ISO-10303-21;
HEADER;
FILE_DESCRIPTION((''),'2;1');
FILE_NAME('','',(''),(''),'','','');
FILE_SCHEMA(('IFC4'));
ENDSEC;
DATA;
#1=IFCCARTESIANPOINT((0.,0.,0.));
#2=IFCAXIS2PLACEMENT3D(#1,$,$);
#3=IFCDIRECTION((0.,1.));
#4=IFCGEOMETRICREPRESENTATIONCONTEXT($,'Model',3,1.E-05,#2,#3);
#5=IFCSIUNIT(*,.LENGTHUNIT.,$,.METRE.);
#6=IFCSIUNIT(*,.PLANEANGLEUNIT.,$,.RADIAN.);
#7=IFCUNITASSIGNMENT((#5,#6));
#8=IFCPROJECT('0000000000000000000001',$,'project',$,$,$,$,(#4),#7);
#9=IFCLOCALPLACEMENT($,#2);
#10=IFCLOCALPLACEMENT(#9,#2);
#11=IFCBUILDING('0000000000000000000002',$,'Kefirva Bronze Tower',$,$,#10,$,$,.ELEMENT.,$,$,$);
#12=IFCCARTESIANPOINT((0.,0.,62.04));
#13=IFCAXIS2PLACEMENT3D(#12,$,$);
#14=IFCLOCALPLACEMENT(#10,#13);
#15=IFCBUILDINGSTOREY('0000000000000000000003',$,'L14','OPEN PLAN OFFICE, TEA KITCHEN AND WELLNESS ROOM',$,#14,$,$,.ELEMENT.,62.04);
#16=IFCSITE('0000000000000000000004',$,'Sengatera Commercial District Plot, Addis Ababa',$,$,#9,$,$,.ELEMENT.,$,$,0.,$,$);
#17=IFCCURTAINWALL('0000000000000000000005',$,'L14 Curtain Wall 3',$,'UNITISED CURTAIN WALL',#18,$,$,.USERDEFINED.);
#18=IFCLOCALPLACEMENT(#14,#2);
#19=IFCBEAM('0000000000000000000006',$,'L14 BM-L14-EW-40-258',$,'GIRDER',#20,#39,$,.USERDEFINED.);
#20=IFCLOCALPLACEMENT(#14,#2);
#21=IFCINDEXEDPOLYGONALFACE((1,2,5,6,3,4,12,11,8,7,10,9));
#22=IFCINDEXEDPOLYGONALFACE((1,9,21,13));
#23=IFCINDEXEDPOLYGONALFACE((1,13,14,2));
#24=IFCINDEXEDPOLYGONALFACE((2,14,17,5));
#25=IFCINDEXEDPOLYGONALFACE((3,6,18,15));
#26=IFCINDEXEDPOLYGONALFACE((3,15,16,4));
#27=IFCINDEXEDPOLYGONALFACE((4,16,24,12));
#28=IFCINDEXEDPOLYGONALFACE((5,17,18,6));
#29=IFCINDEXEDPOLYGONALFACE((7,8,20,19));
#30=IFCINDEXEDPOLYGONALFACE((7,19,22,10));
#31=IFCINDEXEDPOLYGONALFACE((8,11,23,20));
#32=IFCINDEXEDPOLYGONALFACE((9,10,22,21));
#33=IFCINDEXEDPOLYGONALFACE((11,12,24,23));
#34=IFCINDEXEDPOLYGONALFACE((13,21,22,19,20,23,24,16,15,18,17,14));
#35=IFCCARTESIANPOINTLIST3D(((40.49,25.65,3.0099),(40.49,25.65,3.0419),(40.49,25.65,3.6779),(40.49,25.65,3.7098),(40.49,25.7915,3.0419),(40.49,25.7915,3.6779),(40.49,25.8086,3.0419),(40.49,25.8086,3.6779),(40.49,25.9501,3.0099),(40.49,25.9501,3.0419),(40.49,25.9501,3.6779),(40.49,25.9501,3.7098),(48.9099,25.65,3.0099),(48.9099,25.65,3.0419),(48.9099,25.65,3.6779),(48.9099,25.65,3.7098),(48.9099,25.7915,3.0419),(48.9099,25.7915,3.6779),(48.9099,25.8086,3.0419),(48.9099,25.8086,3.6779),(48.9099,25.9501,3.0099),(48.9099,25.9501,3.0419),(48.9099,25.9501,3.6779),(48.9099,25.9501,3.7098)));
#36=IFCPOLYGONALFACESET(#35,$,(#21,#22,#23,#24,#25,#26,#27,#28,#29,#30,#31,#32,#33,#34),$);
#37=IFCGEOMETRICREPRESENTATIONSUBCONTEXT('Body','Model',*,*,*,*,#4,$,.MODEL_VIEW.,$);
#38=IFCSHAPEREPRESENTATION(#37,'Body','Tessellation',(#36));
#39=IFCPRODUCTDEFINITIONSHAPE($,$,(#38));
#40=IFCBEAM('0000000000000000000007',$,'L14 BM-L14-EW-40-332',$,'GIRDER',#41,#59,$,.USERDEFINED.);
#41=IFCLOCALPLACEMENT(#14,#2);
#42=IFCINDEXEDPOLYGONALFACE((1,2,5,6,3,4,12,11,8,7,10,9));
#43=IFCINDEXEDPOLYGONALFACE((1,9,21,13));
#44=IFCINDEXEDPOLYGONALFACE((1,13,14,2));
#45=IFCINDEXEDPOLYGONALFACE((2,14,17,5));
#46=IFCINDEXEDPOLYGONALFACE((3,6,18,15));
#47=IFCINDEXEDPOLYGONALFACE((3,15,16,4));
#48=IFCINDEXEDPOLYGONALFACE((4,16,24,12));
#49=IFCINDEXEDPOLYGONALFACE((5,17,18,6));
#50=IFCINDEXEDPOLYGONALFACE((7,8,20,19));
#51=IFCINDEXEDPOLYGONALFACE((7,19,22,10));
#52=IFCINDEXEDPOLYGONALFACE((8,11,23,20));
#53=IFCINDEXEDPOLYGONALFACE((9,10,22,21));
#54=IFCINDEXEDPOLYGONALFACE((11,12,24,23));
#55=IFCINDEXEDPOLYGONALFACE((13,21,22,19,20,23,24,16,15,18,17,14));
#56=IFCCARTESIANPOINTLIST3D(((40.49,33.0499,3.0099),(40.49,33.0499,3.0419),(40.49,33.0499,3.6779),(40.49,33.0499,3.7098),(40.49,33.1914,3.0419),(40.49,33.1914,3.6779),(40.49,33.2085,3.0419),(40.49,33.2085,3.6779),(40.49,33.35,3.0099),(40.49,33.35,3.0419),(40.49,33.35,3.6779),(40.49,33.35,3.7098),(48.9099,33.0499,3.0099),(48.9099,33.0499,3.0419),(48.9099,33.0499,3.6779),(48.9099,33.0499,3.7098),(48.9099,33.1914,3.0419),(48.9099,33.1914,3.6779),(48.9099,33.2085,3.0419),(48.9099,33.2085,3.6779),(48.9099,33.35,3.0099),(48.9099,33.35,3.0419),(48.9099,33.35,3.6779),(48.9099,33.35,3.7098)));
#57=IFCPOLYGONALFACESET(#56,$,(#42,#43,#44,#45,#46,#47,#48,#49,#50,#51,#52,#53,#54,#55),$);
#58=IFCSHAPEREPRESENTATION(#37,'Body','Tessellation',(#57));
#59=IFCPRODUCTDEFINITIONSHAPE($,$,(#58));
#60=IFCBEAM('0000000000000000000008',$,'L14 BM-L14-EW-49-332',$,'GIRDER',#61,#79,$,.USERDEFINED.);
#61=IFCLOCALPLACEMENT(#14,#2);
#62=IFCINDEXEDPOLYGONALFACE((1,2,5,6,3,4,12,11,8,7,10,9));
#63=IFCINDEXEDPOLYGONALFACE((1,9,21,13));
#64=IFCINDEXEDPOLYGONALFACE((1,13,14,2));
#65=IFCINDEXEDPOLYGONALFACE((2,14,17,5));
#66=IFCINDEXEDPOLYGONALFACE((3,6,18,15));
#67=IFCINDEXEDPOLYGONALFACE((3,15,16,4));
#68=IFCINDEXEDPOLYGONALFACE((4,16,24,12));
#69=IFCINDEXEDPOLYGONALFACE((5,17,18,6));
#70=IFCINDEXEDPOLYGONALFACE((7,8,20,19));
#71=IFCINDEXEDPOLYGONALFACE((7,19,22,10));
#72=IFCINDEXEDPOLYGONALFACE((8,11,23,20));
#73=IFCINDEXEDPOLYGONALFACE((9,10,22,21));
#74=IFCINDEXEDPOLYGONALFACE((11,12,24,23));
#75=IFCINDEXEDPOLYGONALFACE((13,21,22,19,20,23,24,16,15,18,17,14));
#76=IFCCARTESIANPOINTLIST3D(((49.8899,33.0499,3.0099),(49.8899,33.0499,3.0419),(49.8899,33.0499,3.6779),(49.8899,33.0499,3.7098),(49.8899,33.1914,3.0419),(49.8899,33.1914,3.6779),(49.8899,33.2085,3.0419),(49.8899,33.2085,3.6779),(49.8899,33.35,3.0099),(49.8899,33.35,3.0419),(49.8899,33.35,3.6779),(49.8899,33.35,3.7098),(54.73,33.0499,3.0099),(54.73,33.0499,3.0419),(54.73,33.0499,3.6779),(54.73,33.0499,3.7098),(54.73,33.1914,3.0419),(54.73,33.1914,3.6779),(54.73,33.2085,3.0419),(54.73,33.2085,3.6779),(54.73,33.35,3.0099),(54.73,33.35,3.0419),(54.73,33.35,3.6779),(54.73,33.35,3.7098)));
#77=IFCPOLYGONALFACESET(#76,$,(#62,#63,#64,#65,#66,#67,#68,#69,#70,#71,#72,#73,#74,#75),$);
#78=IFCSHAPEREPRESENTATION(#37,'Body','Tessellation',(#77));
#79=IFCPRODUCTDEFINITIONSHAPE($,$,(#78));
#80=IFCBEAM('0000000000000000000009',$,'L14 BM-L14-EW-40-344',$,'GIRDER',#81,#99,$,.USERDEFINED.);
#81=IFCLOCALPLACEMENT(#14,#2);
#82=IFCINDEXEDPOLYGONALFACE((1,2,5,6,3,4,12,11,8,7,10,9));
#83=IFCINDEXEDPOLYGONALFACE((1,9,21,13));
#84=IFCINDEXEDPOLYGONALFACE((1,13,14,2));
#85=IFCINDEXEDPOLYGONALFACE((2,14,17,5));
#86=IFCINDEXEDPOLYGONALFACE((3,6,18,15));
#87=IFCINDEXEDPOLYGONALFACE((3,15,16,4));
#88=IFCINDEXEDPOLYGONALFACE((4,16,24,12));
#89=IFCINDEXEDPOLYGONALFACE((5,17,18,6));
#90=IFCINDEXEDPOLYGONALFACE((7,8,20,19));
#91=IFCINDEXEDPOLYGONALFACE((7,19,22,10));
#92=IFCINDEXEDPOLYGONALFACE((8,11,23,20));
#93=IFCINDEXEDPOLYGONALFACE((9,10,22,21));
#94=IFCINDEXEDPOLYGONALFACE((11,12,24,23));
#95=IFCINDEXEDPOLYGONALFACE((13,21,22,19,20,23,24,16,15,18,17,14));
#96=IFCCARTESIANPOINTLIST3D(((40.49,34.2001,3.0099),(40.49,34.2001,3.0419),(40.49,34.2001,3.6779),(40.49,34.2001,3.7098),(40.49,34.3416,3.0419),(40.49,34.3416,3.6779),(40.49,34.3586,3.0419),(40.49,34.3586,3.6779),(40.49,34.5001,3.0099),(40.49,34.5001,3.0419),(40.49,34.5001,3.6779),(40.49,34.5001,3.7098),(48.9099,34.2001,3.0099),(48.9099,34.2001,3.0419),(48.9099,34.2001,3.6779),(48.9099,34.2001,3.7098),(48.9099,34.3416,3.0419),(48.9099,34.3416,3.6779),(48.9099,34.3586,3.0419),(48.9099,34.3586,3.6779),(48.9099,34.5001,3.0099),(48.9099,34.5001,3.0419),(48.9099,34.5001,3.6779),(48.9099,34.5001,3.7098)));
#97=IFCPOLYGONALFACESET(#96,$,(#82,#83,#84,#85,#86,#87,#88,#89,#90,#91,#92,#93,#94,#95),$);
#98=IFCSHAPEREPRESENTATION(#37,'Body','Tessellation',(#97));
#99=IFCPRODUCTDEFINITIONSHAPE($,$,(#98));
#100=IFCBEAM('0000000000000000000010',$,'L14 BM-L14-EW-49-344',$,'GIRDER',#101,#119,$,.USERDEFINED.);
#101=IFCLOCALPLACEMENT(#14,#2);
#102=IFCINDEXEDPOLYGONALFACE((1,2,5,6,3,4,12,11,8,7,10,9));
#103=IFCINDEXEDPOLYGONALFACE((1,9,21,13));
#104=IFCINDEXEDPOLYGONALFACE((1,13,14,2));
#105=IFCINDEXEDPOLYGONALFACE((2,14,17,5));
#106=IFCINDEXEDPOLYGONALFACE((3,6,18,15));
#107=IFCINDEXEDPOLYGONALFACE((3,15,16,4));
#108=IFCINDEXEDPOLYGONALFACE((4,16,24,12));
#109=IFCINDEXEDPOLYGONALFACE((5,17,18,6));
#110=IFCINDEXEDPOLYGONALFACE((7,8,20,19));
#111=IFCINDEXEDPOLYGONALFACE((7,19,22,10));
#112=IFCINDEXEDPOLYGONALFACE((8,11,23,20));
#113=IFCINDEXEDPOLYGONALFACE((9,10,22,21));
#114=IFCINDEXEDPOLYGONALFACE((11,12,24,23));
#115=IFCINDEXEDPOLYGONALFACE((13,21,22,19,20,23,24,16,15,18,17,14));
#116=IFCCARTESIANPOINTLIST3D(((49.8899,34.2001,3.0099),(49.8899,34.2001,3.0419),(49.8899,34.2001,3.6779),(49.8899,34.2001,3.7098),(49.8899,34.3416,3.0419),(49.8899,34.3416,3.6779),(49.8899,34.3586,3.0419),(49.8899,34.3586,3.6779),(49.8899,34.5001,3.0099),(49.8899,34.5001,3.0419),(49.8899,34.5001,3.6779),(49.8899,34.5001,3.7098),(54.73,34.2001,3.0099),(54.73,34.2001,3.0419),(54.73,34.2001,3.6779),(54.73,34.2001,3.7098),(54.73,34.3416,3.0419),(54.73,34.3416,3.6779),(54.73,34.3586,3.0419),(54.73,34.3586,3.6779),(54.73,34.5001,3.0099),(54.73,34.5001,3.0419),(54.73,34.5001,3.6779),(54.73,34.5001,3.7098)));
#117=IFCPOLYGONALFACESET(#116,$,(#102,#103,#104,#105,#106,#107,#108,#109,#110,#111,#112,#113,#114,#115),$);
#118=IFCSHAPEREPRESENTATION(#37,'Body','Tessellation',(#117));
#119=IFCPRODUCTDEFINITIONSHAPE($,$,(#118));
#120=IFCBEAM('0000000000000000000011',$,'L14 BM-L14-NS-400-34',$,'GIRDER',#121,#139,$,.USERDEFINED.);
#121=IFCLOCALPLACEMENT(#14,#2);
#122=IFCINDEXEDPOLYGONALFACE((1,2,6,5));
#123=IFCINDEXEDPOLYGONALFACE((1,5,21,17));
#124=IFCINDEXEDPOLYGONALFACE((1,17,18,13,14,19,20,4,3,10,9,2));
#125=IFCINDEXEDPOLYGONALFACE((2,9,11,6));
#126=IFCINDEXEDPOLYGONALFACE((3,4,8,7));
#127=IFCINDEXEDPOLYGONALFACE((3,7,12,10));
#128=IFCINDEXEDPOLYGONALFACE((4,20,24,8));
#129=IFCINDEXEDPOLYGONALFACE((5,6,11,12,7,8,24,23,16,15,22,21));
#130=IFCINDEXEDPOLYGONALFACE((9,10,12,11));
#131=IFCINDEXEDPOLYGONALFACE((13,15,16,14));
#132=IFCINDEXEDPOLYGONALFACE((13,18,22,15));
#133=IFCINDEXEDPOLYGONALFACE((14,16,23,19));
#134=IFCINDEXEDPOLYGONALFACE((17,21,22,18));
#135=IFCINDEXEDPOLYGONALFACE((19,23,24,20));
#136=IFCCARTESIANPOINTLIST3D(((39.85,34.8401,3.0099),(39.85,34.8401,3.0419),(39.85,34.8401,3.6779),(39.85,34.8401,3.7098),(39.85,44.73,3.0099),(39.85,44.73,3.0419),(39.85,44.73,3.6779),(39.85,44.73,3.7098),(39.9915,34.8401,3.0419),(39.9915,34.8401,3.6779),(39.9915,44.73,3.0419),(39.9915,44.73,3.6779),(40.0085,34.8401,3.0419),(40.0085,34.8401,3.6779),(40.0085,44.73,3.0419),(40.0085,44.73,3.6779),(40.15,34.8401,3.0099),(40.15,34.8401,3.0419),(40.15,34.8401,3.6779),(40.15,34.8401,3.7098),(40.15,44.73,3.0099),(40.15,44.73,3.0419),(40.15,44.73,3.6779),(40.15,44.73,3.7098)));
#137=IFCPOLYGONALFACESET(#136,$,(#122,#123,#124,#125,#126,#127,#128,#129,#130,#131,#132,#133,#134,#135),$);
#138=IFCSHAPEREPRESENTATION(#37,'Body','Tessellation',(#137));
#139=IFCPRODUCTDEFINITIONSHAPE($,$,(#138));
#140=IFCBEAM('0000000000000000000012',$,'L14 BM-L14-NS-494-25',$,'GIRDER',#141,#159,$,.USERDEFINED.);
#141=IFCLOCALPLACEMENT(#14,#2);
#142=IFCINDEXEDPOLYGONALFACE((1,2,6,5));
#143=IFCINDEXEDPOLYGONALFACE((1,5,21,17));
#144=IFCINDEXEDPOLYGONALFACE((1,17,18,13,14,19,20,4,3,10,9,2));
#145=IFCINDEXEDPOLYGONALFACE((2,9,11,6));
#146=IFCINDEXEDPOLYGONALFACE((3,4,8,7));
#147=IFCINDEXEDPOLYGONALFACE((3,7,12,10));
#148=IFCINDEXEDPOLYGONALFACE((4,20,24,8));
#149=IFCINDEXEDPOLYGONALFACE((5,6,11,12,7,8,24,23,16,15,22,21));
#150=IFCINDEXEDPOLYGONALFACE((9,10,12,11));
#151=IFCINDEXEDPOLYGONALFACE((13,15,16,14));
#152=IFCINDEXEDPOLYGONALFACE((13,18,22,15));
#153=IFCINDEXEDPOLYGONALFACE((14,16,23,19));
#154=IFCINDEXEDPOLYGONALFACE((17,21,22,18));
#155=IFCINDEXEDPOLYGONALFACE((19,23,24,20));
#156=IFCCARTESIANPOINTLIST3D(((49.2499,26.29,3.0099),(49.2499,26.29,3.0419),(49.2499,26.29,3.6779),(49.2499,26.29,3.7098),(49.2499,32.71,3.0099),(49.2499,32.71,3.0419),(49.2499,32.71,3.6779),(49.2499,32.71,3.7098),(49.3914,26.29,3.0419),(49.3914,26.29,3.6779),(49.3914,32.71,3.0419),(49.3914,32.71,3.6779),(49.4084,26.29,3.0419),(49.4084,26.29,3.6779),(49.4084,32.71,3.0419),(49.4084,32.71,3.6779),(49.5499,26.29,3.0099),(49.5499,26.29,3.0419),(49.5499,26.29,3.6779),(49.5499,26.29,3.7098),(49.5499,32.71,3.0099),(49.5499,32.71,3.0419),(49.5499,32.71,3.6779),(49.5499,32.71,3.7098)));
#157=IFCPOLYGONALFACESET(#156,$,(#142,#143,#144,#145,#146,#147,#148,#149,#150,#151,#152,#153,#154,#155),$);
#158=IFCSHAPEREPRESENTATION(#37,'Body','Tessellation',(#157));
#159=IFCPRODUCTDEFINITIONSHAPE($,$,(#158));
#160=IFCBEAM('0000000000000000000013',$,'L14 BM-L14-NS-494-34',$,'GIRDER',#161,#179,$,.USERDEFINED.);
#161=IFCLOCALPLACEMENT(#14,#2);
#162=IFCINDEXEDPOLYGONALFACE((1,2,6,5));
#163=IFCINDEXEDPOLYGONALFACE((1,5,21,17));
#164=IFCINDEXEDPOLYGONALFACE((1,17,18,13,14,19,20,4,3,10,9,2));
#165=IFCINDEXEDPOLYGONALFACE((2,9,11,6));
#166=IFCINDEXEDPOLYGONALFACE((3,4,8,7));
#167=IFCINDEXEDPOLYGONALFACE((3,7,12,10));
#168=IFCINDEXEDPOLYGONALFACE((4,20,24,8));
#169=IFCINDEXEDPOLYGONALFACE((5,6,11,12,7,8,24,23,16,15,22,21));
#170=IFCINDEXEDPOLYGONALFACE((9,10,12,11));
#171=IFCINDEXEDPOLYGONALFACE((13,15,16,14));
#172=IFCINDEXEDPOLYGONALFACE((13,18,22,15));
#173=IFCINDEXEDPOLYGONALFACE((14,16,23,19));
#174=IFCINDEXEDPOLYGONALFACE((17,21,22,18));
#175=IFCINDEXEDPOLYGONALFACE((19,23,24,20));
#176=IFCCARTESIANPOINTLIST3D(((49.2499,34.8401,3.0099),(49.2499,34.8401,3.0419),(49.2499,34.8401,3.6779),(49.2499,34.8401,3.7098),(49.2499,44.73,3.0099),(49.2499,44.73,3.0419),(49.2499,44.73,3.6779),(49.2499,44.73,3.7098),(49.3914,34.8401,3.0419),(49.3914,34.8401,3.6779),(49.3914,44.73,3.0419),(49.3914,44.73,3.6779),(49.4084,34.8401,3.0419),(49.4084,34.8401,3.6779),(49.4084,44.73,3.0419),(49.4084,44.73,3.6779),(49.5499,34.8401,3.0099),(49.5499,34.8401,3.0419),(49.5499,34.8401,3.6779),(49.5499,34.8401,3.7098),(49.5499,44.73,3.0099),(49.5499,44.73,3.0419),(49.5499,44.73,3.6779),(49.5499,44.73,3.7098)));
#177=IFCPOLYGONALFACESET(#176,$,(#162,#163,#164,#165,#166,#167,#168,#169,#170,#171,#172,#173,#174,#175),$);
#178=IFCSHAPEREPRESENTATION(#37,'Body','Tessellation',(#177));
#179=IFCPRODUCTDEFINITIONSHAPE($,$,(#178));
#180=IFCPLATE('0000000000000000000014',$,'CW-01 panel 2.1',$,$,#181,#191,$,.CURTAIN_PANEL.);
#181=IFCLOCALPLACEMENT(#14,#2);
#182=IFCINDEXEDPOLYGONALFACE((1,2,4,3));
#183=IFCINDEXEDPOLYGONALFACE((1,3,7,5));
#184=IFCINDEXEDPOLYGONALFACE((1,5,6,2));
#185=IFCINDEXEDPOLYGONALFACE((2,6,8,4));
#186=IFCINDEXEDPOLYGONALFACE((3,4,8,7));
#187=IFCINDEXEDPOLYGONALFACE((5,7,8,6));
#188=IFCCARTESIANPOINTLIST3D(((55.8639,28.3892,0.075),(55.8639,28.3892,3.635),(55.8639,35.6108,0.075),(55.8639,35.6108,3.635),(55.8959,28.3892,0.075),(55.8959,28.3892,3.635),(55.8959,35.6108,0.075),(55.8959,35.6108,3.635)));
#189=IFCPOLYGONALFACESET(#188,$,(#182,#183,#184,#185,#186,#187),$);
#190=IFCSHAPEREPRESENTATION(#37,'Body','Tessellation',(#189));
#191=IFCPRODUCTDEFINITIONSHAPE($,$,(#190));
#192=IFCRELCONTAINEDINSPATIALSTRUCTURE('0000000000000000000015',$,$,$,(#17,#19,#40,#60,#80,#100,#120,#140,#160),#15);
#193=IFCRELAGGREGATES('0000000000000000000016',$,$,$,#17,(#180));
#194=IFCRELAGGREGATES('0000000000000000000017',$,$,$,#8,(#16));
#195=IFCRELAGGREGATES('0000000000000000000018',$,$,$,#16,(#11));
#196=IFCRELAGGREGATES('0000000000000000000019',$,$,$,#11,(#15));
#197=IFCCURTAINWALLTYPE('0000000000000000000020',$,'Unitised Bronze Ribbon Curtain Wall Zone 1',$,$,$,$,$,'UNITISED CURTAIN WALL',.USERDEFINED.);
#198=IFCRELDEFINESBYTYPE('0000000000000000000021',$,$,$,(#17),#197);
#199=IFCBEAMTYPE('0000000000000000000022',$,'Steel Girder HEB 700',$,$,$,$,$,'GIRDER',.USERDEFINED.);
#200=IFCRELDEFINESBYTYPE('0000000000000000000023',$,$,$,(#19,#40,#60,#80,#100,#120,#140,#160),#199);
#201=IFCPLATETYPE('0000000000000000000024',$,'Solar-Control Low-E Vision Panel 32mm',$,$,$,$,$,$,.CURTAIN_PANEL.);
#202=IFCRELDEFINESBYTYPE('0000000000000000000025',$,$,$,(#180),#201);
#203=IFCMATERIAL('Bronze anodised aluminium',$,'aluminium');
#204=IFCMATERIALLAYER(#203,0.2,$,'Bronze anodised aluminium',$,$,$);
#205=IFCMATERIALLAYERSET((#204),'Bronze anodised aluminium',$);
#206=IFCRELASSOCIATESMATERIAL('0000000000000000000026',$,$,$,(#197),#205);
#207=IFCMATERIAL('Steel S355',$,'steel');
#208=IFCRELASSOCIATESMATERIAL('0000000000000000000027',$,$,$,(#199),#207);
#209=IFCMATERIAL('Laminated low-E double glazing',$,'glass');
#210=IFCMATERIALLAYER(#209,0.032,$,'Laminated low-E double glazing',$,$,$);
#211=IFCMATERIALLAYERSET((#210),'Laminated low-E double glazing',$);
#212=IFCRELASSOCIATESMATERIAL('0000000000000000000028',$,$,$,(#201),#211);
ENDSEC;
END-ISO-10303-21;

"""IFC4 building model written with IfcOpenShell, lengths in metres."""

from ifc_helpers import new_model, si_unit, direction, frame, origin, origin_2d, place, context, subcontext, project, spatial, rectangle, i_section, extrude, material, layer, layer_set, material_profile, profile_set, type_object, element, aggregate, save


model = new_model("IFC4")

# Units and contexts
model_context = context("Model", 3, precision=1e-05, world=origin(), true_north=direction((0.0, 1.0)))
body_context = subcontext(model_context, "Body", "Model", "MODEL_VIEW")
ifc_project = project(units=[si_unit("LENGTHUNIT", "METRE"), si_unit("PLANEANGLEUNIT", "RADIAN")], contexts=[model_context])

# Site, building, storey
site_placement = place(None, origin())
site = spatial("IfcSite", under=ifc_project, at=site_placement, Name="Sengatera Commercial District Plot, Addis Ababa", CompositionType="ELEMENT", RefElevation=0.0)
building_placement = place(site_placement, origin())
building = spatial("IfcBuilding", under=site, at=building_placement, Name="Kefirva Bronze Tower", CompositionType="ELEMENT")
storey_placement = place(building_placement, frame((0.0, 0.0, 62.04)))
storey = spatial("IfcBuildingStorey", under=building, at=storey_placement, Name="L14", Description="OPEN PLAN OFFICE, TEA KITCHEN AND WELLNESS ROOM", CompositionType="ELEMENT", Elevation=62.04)

# Curtain wall
ifc_material_1 = material(Name="Bronze anodised aluminium", Category="aluminium")
ifc_layer_1 = layer(ifc_material_1, 0.2, Name="Bronze anodised aluminium")
ifc_layer_set_1 = layer_set([ifc_layer_1], Name="Bronze anodised aluminium")
curtain_wall_type = type_object("IfcCurtainWallType", Name="Unitised Bronze Ribbon Curtain Wall Zone 1", ElementType="UNITISED CURTAIN WALL", PredefinedType="USERDEFINED", material=ifc_layer_set_1)
curtain_wall_placement = place(storey_placement, origin())
curtain_wall = element("IfcCurtainWall", 1, at=curtain_wall_placement, inside=storey, type_object=curtain_wall_type, Name="L14 Curtain Wall 3", ObjectType="UNITISED CURTAIN WALL", PredefinedType="USERDEFINED")

# Beams
ifc_material_2 = material(Name="Steel S355", Category="steel")
ifc_material_profile_1 = material_profile(ifc_material_2, i_section(OverallWidth=0.3, OverallDepth=0.7, WebThickness=0.0171, FlangeThickness=0.032, at=origin_2d()), Name="HEB 700")
ifc_profile_set_1 = profile_set([ifc_material_profile_1], Name="Steel S355")
beam_type_1 = type_object("IfcBeamType", Name="Steel Girder HEB 700", ElementType="GIRDER", PredefinedType="USERDEFINED", material=ifc_profile_set_1)
for number, where, z_axis, x_axis, name in (
    (2, (40.49, 25.8, 3.3599), (1.0, 0.0, 0.0), (0.0, 1.0, 0.0), "L14 BM-L14-EW-40-258"),
    (3, (40.49, 33.2, 3.3599), (1.0, 0.0, 0.0), (0.0, 1.0, 0.0), "L14 BM-L14-EW-40-332"),
):
    element("IfcBeam", number, at=place(storey_placement, frame(where, z_axis=z_axis, x_axis=x_axis)), inside=storey, type_object=beam_type_1, Name=name, ObjectType="GIRDER", PredefinedType="USERDEFINED", context=body_context, shape_type="SweptSolid", body=[
        extrude(i_section(OverallWidth=0.3, OverallDepth=0.7, WebThickness=0.0171, FlangeThickness=0.032, at=origin_2d()), origin(), (0.0, 0.0, 1.0), 8.4199),
    ])
beam_1_placement = place(storey_placement, frame((49.8899, 33.2, 3.3599), z_axis=(1.0, 0.0, 0.0), x_axis=(0.0, 1.0, 0.0)))
element("IfcBeam", 4, at=beam_1_placement, inside=storey, type_object=beam_type_1, Name="L14 BM-L14-EW-49-332", ObjectType="GIRDER", PredefinedType="USERDEFINED", context=body_context, shape_type="SweptSolid", body=[
    extrude(i_section(OverallWidth=0.3, OverallDepth=0.7, WebThickness=0.0171, FlangeThickness=0.032, at=origin_2d()), origin(), (0.0, 0.0, 1.0), 4.8401),
])
beam_2_placement = place(storey_placement, frame((40.49, 34.3501, 3.3599), z_axis=(1.0, 0.0, 0.0), x_axis=(0.0, 1.0, 0.0)))
element("IfcBeam", 5, at=beam_2_placement, inside=storey, type_object=beam_type_1, Name="L14 BM-L14-EW-40-344", ObjectType="GIRDER", PredefinedType="USERDEFINED", context=body_context, shape_type="SweptSolid", body=[
    extrude(i_section(OverallWidth=0.3, OverallDepth=0.7, WebThickness=0.0171, FlangeThickness=0.032, at=origin_2d()), origin(), (0.0, 0.0, 1.0), 8.4199),
])
beam_3_placement = place(storey_placement, frame((49.8899, 34.3501, 3.3599), z_axis=(1.0, 0.0, 0.0), x_axis=(0.0, 1.0, 0.0)))
element("IfcBeam", 6, at=beam_3_placement, inside=storey, type_object=beam_type_1, Name="L14 BM-L14-EW-49-344", ObjectType="GIRDER", PredefinedType="USERDEFINED", context=body_context, shape_type="SweptSolid", body=[
    extrude(i_section(OverallWidth=0.3, OverallDepth=0.7, WebThickness=0.0171, FlangeThickness=0.032, at=origin_2d()), origin(), (0.0, 0.0, 1.0), 4.8401),
])
beam_4_placement = place(storey_placement, frame((40.0, 34.8401, 3.3599), z_axis=(0.0, 1.0, 0.0), x_axis=(-1.0, 0.0, 0.0)))
element("IfcBeam", 7, at=beam_4_placement, inside=storey, type_object=beam_type_1, Name="L14 BM-L14-NS-400-34", ObjectType="GIRDER", PredefinedType="USERDEFINED", context=body_context, shape_type="SweptSolid", body=[
    extrude(i_section(OverallWidth=0.3, OverallDepth=0.7, WebThickness=0.0171, FlangeThickness=0.032, at=origin_2d()), origin(), (0.0, 0.0, 1.0), 9.8899),
])
beam_5_placement = place(storey_placement, frame((49.3999, 26.29, 3.3599), z_axis=(0.0, 1.0, 0.0), x_axis=(-1.0, 0.0, 0.0)))
element("IfcBeam", 8, at=beam_5_placement, inside=storey, type_object=beam_type_1, Name="L14 BM-L14-NS-494-25", ObjectType="GIRDER", PredefinedType="USERDEFINED", context=body_context, shape_type="SweptSolid", body=[
    extrude(i_section(OverallWidth=0.3, OverallDepth=0.7, WebThickness=0.0171, FlangeThickness=0.032, at=origin_2d()), origin(), (0.0, 0.0, 1.0), 6.4199),
])
beam_6_placement = place(storey_placement, frame((49.3999, 34.8401, 3.3599), z_axis=(0.0, 1.0, 0.0), x_axis=(-1.0, 0.0, 0.0)))
element("IfcBeam", 9, at=beam_6_placement, inside=storey, type_object=beam_type_1, Name="L14 BM-L14-NS-494-34", ObjectType="GIRDER", PredefinedType="USERDEFINED", context=body_context, shape_type="SweptSolid", body=[
    extrude(i_section(OverallWidth=0.3, OverallDepth=0.7, WebThickness=0.0171, FlangeThickness=0.032, at=origin_2d()), origin(), (0.0, 0.0, 1.0), 9.8899),
])

# Plate
ifc_material_3 = material(Name="Laminated low-E double glazing", Category="glass")
ifc_layer_2 = layer(ifc_material_3, 0.032, Name="Laminated low-E double glazing")
ifc_layer_set_2 = layer_set([ifc_layer_2], Name="Laminated low-E double glazing")
plate_type = type_object("IfcPlateType", Name="Solar-Control Low-E Vision Panel 32mm", PredefinedType="CURTAIN_PANEL", material=ifc_layer_set_2)
plate_placement = place(storey_placement, frame((55.8799, 32.0, 0.075), z_axis=(0.0, 0.0, 1.0), x_axis=(0.0, 1.0, 0.0)))
plate = element("IfcPlate", 10, at=plate_placement, type_object=plate_type, Name="CW-01 panel 2.1", PredefinedType="CURTAIN_PANEL", context=body_context, shape_type="SweptSolid", body=[
    extrude(rectangle(XDim=7.2217, YDim=0.032, at=origin_2d()), origin(), (0.0, 0.0, 1.0), 3.5601),
])
aggregate(curtain_wall, [plate])

save(model, "model.ifc")
